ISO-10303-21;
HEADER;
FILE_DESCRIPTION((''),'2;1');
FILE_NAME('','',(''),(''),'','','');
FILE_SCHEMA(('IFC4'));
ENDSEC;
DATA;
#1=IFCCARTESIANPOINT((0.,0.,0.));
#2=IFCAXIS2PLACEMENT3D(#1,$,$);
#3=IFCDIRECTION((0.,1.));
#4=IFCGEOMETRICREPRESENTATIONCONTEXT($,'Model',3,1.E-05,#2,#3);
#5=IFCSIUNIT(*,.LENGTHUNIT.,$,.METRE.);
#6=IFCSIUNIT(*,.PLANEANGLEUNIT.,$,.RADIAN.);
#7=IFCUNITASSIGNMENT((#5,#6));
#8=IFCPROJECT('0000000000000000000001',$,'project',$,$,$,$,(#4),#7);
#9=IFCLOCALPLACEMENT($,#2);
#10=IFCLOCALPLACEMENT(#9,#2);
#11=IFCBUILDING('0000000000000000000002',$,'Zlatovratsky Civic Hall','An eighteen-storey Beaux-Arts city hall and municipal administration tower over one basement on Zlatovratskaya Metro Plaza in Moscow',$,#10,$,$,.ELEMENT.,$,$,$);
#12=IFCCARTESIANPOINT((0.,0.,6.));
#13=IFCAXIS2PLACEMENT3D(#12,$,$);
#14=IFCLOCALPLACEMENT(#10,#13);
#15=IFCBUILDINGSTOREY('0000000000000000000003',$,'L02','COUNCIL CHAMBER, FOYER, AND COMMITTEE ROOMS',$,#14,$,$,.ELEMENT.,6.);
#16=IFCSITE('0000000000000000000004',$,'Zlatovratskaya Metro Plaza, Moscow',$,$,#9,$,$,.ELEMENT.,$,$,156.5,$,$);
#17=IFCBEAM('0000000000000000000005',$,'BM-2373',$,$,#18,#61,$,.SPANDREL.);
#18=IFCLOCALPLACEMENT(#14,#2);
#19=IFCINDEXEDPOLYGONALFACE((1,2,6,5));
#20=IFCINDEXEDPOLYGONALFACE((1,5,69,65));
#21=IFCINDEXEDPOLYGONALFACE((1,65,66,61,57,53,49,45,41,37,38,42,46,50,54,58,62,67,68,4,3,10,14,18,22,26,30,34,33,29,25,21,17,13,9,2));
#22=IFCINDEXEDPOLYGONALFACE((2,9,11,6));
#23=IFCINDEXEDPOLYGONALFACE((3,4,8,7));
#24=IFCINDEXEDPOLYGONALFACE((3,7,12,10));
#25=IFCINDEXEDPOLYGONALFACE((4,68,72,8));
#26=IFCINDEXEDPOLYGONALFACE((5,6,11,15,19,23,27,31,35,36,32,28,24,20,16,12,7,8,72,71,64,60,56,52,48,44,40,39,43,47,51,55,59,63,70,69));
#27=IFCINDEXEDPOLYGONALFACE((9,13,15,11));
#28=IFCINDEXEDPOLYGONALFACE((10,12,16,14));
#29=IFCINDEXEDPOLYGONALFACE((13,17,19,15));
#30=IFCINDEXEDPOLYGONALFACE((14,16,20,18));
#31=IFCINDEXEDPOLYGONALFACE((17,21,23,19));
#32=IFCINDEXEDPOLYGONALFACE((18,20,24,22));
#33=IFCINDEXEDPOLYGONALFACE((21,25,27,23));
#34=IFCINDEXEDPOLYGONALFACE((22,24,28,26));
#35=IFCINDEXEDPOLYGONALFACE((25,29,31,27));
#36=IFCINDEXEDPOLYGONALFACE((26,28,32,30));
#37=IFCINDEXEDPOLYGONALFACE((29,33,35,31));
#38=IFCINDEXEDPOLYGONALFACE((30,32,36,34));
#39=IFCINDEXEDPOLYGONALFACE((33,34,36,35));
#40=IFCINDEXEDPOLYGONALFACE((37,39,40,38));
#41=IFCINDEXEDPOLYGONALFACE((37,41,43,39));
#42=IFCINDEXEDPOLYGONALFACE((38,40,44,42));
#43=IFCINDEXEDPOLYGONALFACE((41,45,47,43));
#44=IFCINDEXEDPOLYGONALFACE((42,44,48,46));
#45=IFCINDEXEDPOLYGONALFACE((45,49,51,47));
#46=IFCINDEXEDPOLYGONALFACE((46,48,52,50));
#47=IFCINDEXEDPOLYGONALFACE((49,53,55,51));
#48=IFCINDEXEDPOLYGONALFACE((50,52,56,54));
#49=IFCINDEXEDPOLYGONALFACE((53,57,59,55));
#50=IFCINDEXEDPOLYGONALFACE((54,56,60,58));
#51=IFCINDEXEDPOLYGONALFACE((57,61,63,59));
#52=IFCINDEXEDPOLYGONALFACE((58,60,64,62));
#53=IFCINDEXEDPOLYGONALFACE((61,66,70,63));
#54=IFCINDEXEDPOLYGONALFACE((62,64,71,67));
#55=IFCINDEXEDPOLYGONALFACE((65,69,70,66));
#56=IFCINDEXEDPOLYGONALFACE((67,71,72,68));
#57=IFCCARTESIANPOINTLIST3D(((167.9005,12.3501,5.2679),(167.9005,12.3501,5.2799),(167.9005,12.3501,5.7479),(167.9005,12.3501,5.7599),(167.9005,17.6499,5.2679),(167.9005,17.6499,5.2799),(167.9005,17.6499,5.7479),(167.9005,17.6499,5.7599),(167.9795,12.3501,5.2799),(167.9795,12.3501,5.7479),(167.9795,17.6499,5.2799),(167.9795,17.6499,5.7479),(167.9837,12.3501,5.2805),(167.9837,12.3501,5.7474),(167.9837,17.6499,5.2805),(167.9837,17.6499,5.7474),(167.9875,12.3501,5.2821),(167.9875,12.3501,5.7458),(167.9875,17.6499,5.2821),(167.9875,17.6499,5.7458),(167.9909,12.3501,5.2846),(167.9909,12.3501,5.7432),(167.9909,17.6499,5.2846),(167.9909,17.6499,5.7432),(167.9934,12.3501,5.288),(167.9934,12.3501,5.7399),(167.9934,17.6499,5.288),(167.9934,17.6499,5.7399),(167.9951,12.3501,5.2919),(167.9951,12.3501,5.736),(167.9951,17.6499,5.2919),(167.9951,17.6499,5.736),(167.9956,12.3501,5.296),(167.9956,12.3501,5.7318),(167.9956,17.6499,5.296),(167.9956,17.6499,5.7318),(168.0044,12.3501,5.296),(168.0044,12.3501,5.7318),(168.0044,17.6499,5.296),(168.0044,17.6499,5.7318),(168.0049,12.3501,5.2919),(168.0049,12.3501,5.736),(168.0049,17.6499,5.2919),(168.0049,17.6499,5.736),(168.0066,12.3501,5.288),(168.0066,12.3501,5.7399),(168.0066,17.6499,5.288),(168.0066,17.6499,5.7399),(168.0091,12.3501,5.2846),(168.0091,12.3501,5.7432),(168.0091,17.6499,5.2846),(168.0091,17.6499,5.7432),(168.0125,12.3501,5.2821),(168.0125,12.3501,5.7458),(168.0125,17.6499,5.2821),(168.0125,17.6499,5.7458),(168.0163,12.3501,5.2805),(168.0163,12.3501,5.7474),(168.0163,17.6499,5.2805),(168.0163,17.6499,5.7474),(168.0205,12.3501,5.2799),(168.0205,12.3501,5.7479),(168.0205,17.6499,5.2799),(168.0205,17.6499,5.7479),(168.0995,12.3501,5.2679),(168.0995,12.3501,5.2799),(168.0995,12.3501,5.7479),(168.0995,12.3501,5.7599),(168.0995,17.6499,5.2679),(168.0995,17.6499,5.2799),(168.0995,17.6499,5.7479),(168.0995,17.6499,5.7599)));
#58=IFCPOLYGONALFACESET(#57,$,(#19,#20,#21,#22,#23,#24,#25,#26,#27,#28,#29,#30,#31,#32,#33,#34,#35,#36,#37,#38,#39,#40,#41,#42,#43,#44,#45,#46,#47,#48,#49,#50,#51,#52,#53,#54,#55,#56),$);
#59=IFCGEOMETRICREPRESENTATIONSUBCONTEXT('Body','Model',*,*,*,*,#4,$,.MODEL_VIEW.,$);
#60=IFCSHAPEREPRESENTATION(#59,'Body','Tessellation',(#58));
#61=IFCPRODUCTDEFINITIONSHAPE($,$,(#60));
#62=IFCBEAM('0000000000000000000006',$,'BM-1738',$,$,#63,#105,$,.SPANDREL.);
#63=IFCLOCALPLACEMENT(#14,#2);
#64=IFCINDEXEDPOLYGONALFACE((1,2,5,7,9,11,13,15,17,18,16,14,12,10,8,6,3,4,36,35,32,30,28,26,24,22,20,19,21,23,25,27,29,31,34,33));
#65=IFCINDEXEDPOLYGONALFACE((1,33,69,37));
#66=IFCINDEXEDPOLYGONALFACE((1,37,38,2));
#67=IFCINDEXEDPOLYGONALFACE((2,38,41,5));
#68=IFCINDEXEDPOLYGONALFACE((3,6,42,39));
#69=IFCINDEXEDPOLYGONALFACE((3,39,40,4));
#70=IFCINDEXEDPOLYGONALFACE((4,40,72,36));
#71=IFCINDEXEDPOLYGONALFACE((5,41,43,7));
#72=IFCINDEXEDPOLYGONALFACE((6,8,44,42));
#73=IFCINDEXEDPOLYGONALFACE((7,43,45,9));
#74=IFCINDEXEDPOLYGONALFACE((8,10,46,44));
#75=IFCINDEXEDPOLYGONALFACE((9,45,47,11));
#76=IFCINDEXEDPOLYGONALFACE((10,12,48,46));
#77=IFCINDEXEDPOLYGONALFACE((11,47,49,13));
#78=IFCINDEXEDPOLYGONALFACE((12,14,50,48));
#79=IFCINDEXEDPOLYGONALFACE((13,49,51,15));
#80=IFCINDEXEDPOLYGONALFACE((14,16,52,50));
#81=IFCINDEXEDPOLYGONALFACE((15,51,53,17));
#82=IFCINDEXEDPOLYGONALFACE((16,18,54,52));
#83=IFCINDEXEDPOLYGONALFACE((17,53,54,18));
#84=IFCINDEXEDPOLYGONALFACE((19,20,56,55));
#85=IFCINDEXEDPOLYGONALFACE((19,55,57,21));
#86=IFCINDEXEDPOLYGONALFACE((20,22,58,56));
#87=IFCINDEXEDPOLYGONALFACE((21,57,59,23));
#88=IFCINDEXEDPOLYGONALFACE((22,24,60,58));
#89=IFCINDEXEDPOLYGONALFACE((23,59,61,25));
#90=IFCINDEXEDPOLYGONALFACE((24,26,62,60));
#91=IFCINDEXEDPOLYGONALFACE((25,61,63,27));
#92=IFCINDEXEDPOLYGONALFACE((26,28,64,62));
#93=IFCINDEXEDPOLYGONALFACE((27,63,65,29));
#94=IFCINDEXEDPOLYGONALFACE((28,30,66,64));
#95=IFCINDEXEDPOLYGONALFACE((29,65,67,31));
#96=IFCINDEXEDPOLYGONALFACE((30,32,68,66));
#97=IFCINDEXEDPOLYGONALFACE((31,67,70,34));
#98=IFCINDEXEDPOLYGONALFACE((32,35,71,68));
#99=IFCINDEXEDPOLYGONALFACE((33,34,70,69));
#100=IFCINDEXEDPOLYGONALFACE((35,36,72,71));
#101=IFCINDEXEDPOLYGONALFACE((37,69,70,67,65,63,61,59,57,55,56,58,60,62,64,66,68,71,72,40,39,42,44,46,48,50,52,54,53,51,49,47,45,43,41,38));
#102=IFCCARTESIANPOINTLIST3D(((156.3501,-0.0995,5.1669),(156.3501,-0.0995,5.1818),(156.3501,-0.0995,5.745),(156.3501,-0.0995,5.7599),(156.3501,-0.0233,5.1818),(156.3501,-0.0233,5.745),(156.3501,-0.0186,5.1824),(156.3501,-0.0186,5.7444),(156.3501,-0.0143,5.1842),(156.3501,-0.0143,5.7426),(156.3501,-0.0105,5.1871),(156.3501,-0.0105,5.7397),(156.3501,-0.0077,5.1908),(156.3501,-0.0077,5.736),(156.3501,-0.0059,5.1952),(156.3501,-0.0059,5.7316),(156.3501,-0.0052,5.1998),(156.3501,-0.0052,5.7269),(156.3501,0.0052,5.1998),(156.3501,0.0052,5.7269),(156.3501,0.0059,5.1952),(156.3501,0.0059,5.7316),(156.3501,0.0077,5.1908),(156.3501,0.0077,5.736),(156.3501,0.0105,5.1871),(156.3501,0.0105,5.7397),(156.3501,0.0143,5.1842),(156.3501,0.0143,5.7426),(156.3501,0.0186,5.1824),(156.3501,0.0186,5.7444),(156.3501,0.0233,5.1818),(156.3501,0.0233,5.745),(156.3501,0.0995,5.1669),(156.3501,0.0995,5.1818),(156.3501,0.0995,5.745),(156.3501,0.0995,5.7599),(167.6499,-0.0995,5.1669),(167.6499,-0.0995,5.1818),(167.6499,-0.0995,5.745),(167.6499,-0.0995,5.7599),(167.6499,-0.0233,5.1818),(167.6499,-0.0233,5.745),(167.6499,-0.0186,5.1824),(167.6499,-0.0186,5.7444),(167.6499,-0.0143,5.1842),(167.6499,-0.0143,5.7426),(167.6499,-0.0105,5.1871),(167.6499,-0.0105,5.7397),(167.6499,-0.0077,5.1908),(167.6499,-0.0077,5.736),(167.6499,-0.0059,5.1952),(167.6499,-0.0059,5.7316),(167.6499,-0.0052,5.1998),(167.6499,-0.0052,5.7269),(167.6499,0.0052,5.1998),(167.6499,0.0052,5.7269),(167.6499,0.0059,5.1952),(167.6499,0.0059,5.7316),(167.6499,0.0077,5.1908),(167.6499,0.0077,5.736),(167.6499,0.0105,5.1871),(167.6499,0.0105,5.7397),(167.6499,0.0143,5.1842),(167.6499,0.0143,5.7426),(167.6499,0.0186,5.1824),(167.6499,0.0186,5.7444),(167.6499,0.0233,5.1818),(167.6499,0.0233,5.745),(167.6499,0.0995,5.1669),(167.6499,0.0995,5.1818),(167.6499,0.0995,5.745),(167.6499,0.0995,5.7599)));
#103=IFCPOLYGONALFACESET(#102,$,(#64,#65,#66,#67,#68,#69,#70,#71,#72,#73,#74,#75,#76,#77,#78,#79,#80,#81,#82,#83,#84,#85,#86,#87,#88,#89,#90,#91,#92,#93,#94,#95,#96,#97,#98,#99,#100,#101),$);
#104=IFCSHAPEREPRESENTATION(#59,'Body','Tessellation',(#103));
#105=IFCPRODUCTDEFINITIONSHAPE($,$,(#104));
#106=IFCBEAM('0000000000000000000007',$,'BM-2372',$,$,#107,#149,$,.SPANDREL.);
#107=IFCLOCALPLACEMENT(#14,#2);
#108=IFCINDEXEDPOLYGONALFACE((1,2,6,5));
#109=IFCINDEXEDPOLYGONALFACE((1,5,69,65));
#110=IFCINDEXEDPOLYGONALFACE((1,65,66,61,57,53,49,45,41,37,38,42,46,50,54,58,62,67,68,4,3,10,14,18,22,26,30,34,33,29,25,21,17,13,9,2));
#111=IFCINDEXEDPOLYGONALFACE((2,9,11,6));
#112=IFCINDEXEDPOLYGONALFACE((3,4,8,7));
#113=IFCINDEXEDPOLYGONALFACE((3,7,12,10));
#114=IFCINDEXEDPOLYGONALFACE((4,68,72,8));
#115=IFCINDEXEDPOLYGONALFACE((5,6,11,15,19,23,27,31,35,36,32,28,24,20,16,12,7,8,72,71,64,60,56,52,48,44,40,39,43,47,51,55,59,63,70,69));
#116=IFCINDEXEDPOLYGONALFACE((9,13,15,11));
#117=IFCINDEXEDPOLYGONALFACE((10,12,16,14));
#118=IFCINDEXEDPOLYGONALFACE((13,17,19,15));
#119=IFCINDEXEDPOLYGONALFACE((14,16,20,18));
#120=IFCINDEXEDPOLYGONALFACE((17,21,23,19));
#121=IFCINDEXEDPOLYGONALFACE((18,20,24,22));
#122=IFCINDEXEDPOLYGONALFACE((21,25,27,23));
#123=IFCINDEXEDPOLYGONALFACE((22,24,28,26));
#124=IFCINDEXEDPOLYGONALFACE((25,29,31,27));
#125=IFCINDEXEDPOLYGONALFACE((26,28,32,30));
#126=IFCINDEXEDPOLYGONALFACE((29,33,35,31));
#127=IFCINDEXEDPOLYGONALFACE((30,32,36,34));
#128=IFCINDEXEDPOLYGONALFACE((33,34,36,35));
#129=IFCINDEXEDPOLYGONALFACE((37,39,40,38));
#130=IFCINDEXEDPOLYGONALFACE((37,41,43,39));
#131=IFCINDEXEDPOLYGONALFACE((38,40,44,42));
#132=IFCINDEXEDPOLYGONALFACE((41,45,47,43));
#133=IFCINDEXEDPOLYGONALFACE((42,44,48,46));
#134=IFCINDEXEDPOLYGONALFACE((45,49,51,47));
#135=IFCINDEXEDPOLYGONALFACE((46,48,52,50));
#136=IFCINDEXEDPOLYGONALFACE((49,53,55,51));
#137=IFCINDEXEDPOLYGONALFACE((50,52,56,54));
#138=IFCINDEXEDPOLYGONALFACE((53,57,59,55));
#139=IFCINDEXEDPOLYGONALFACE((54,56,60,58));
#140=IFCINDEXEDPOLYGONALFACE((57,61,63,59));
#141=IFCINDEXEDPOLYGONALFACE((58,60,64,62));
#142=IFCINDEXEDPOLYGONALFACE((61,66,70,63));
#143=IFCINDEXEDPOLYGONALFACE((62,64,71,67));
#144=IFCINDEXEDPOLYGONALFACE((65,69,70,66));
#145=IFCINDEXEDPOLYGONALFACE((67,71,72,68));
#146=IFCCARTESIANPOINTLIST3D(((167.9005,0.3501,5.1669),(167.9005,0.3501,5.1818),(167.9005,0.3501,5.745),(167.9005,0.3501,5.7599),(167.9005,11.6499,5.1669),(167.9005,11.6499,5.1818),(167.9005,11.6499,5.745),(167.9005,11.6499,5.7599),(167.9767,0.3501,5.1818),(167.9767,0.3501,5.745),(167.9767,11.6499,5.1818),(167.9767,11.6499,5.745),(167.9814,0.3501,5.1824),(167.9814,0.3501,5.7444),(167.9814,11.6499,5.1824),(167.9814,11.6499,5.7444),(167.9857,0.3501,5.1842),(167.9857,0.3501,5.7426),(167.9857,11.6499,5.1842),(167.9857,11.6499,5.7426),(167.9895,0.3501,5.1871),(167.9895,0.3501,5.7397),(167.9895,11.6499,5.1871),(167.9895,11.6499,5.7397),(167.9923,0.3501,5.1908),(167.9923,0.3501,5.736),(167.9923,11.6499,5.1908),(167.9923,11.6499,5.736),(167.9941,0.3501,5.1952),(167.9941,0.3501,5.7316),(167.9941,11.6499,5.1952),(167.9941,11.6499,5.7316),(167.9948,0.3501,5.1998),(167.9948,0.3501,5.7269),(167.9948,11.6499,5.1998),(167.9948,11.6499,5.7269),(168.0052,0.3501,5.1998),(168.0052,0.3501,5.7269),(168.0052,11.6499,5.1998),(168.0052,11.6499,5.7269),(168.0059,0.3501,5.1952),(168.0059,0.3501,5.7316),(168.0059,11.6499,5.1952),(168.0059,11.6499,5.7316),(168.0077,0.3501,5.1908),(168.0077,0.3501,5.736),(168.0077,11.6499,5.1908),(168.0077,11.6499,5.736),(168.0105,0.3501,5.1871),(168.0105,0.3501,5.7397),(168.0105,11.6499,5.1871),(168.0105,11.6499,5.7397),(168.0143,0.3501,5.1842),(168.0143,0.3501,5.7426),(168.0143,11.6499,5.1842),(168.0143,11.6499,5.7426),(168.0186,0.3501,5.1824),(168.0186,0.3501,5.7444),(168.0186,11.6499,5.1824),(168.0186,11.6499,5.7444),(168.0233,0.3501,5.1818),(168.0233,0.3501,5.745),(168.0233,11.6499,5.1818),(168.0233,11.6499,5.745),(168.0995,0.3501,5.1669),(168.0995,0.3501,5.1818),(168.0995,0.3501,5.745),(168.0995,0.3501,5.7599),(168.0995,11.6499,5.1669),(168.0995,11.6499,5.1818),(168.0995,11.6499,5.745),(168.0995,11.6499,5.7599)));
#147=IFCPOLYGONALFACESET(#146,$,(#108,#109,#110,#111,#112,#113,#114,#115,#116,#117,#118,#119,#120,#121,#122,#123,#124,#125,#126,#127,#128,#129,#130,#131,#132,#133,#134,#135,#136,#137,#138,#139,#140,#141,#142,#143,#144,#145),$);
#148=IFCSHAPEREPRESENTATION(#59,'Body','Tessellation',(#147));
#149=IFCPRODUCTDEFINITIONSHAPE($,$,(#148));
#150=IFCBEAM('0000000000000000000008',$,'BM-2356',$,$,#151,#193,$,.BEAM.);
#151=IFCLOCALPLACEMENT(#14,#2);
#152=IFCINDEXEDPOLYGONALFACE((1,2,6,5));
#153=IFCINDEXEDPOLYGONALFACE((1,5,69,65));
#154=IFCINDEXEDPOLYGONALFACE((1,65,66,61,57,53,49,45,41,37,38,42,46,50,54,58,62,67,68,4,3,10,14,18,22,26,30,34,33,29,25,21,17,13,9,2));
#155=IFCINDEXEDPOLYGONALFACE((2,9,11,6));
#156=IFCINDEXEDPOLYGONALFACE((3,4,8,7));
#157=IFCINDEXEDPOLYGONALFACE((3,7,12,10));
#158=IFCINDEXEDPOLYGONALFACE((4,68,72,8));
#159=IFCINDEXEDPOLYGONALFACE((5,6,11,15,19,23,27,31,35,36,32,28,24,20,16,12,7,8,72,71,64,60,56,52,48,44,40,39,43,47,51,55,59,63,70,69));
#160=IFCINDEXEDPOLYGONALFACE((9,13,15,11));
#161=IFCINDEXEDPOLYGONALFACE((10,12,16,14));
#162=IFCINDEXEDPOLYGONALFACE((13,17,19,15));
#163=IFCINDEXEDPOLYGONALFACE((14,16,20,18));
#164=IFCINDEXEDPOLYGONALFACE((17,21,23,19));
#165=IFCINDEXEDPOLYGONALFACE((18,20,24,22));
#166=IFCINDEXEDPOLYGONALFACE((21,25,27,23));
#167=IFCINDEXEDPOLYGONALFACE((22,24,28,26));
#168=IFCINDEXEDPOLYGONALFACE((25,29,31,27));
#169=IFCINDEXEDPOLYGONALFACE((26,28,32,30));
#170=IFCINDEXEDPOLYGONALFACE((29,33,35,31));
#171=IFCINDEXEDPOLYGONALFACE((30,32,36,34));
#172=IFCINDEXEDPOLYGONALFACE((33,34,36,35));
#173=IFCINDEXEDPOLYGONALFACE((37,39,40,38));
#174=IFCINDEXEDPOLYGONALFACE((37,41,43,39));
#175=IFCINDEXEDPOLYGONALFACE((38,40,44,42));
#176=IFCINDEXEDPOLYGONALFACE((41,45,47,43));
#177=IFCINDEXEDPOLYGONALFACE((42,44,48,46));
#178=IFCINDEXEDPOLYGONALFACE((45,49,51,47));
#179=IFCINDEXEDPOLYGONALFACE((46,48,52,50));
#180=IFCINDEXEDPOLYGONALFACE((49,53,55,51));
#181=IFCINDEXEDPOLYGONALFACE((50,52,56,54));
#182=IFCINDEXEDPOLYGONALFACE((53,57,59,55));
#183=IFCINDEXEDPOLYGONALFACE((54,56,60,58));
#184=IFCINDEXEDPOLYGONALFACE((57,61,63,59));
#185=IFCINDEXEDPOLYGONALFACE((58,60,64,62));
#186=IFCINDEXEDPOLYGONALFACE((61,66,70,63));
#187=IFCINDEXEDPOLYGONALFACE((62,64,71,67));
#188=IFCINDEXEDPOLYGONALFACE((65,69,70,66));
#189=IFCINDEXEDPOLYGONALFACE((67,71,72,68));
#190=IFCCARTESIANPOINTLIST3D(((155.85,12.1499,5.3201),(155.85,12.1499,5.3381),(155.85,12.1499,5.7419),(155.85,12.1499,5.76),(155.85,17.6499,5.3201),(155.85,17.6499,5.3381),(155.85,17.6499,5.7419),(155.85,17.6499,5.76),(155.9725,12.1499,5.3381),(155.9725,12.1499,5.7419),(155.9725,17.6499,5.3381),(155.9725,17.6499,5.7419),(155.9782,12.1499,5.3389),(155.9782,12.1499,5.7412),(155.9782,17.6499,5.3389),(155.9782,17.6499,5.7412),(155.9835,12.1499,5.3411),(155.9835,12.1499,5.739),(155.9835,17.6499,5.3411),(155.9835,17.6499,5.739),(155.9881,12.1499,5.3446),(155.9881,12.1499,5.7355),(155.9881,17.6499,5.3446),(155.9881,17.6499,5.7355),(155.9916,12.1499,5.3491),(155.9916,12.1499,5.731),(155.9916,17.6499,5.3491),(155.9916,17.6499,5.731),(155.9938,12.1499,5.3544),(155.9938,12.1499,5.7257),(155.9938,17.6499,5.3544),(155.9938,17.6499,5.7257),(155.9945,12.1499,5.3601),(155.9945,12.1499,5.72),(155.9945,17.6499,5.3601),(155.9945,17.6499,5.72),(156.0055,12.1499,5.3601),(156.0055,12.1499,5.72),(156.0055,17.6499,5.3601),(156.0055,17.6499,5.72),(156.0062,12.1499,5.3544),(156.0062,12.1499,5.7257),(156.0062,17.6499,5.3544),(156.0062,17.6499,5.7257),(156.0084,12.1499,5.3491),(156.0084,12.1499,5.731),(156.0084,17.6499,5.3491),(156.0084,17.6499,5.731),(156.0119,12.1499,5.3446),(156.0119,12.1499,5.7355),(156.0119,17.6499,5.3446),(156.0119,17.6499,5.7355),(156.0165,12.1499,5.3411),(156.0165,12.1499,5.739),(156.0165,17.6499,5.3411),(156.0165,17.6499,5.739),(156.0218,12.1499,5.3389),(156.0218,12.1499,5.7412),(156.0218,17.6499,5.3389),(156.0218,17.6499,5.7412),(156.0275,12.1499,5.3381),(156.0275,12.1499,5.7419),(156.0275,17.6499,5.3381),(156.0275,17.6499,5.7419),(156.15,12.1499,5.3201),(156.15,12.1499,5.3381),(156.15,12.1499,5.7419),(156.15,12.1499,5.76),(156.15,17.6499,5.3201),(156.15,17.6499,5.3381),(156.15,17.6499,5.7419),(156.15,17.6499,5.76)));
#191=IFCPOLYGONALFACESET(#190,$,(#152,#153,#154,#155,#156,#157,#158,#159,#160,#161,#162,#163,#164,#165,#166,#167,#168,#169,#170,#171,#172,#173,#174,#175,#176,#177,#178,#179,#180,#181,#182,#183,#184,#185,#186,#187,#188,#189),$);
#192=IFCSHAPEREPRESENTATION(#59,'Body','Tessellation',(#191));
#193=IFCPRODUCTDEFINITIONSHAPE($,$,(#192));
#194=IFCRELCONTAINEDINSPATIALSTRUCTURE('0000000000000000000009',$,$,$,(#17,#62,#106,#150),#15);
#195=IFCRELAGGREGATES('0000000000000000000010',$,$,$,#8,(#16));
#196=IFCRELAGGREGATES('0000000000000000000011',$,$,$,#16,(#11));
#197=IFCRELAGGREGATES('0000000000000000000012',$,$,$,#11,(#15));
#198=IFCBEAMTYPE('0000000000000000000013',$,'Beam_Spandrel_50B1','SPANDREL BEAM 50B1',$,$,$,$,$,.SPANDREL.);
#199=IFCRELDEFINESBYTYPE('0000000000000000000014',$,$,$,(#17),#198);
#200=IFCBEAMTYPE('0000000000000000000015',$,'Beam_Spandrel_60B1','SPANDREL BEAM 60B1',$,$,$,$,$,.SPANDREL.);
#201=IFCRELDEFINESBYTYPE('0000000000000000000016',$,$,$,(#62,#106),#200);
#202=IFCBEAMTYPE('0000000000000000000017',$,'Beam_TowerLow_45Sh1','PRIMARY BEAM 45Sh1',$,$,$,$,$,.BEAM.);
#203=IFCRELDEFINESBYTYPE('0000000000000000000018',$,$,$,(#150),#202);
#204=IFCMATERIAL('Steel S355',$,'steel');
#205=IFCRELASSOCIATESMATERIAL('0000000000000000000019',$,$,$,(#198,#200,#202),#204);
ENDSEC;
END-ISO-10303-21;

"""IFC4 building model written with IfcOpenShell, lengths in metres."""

from ifc_helpers import new_model, si_unit, direction, frame, origin, origin_2d, place, context, subcontext, project, spatial, i_section, extrude, material, material_profile, profile_set, type_object, element, save


model = new_model("IFC4")

# Units and contexts
model_context = context("Model", 3, precision=1e-05, world=origin(), true_north=direction((0.0, 1.0)))
body_context = subcontext(model_context, "Body", "Model", "MODEL_VIEW")
ifc_project = project(units=[si_unit("LENGTHUNIT", "METRE"), si_unit("PLANEANGLEUNIT", "RADIAN")], contexts=[model_context])

# Site, building, storey
site_placement = place(None, origin())
site = spatial("IfcSite", under=ifc_project, at=site_placement, Name="Zlatovratskaya Metro Plaza, Moscow", CompositionType="ELEMENT", RefElevation=156.5)
building_placement = place(site_placement, origin())
building = spatial("IfcBuilding", under=site, at=building_placement, Name="Zlatovratsky Civic Hall", Description="An eighteen-storey Beaux-Arts city hall and municipal administration tower over one basement on Zlatovratskaya Metro Plaza in Moscow", CompositionType="ELEMENT")
storey_placement = place(building_placement, frame((0.0, 0.0, 6.0)))
storey = spatial("IfcBuildingStorey", under=building, at=storey_placement, Name="L02", Description="COUNCIL CHAMBER, FOYER, AND COMMITTEE ROOMS", CompositionType="ELEMENT", Elevation=6.0)

# Shared definitions
ifc_material_1 = material(Name="Steel S355", Category="steel")

# Beams
ifc_material_profile_1 = material_profile(ifc_material_1, i_section(OverallWidth=0.199, OverallDepth=0.4919, WebThickness=0.0088, FlangeThickness=0.012, FilletRadius=0.0161, at=origin_2d()), Name="50B1")
ifc_profile_set_1 = profile_set([ifc_material_profile_1], Name="Steel S355")
beam_type_1 = type_object("IfcBeamType", Name="Beam_Spandrel_50B1", Description="SPANDREL BEAM 50B1", PredefinedType="SPANDREL", material=ifc_profile_set_1)
beam_1_placement = place(storey_placement, frame((168.0, 12.3501, 5.5139), z_axis=(0.0, 1.0, 0.0), x_axis=(-1.0, 0.0, 0.0)))
element("IfcBeam", 1, at=beam_1_placement, inside=storey, type_object=beam_type_1, Name="BM-2373", PredefinedType="SPANDREL", context=body_context, shape_type="SweptSolid", body=[
    extrude(i_section(OverallWidth=0.199, OverallDepth=0.4919, WebThickness=0.0088, FlangeThickness=0.012, FilletRadius=0.0161, at=origin_2d()), origin(), (0.0, 0.0, 1.0), 5.2998),
])
ifc_material_profile_2 = material_profile(ifc_material_1, i_section(OverallWidth=0.199, OverallDepth=0.593, WebThickness=0.0105, FlangeThickness=0.0149, FilletRadius=0.0181, at=origin_2d()), Name="60B1")
ifc_profile_set_2 = profile_set([ifc_material_profile_2], Name="Steel S355")
beam_type_2 = type_object("IfcBeamType", Name="Beam_Spandrel_60B1", Description="SPANDREL BEAM 60B1", PredefinedType="SPANDREL", material=ifc_profile_set_2)
for number, where, z_axis, x_axis, name in (
    (2, (156.3501, 0.0, 5.4634), (1.0, 0.0, 0.0), (0.0, 1.0, 0.0), "BM-1738"),
    (3, (168.0, 0.3501, 5.4634), (0.0, 1.0, 0.0), (-1.0, 0.0, 0.0), "BM-2372"),
):
    element("IfcBeam", number, at=place(storey_placement, frame(where, z_axis=z_axis, x_axis=x_axis)), inside=storey, type_object=beam_type_2, Name=name, PredefinedType="SPANDREL", context=body_context, shape_type="SweptSolid", body=[
        extrude(i_section(OverallWidth=0.199, OverallDepth=0.593, WebThickness=0.0105, FlangeThickness=0.0149, FilletRadius=0.0181, at=origin_2d()), origin(), (0.0, 0.0, 1.0), 11.2998),
    ])
ifc_material_profile_3 = material_profile(ifc_material_1, i_section(OverallWidth=0.3, OverallDepth=0.4399, WebThickness=0.011, FlangeThickness=0.0181, FilletRadius=0.022, at=origin_2d()), Name="45Sh1")
ifc_profile_set_3 = profile_set([ifc_material_profile_3], Name="Steel S355")
beam_type_3 = type_object("IfcBeamType", Name="Beam_TowerLow_45Sh1", Description="PRIMARY BEAM 45Sh1", PredefinedType="BEAM", material=ifc_profile_set_3)
beam_2_placement = place(storey_placement, frame((156.0, 12.1499, 5.54), z_axis=(0.0, 1.0, 0.0), x_axis=(-1.0, 0.0, 0.0)))
element("IfcBeam", 4, at=beam_2_placement, inside=storey, type_object=beam_type_3, Name="BM-2356", PredefinedType="BEAM", context=body_context, shape_type="SweptSolid", body=[
    extrude(i_section(OverallWidth=0.3, OverallDepth=0.4399, WebThickness=0.011, FlangeThickness=0.0181, FilletRadius=0.022, at=origin_2d()), origin(), (0.0, 0.0, 1.0), 5.5),
])

save(model, "model.ifc")
